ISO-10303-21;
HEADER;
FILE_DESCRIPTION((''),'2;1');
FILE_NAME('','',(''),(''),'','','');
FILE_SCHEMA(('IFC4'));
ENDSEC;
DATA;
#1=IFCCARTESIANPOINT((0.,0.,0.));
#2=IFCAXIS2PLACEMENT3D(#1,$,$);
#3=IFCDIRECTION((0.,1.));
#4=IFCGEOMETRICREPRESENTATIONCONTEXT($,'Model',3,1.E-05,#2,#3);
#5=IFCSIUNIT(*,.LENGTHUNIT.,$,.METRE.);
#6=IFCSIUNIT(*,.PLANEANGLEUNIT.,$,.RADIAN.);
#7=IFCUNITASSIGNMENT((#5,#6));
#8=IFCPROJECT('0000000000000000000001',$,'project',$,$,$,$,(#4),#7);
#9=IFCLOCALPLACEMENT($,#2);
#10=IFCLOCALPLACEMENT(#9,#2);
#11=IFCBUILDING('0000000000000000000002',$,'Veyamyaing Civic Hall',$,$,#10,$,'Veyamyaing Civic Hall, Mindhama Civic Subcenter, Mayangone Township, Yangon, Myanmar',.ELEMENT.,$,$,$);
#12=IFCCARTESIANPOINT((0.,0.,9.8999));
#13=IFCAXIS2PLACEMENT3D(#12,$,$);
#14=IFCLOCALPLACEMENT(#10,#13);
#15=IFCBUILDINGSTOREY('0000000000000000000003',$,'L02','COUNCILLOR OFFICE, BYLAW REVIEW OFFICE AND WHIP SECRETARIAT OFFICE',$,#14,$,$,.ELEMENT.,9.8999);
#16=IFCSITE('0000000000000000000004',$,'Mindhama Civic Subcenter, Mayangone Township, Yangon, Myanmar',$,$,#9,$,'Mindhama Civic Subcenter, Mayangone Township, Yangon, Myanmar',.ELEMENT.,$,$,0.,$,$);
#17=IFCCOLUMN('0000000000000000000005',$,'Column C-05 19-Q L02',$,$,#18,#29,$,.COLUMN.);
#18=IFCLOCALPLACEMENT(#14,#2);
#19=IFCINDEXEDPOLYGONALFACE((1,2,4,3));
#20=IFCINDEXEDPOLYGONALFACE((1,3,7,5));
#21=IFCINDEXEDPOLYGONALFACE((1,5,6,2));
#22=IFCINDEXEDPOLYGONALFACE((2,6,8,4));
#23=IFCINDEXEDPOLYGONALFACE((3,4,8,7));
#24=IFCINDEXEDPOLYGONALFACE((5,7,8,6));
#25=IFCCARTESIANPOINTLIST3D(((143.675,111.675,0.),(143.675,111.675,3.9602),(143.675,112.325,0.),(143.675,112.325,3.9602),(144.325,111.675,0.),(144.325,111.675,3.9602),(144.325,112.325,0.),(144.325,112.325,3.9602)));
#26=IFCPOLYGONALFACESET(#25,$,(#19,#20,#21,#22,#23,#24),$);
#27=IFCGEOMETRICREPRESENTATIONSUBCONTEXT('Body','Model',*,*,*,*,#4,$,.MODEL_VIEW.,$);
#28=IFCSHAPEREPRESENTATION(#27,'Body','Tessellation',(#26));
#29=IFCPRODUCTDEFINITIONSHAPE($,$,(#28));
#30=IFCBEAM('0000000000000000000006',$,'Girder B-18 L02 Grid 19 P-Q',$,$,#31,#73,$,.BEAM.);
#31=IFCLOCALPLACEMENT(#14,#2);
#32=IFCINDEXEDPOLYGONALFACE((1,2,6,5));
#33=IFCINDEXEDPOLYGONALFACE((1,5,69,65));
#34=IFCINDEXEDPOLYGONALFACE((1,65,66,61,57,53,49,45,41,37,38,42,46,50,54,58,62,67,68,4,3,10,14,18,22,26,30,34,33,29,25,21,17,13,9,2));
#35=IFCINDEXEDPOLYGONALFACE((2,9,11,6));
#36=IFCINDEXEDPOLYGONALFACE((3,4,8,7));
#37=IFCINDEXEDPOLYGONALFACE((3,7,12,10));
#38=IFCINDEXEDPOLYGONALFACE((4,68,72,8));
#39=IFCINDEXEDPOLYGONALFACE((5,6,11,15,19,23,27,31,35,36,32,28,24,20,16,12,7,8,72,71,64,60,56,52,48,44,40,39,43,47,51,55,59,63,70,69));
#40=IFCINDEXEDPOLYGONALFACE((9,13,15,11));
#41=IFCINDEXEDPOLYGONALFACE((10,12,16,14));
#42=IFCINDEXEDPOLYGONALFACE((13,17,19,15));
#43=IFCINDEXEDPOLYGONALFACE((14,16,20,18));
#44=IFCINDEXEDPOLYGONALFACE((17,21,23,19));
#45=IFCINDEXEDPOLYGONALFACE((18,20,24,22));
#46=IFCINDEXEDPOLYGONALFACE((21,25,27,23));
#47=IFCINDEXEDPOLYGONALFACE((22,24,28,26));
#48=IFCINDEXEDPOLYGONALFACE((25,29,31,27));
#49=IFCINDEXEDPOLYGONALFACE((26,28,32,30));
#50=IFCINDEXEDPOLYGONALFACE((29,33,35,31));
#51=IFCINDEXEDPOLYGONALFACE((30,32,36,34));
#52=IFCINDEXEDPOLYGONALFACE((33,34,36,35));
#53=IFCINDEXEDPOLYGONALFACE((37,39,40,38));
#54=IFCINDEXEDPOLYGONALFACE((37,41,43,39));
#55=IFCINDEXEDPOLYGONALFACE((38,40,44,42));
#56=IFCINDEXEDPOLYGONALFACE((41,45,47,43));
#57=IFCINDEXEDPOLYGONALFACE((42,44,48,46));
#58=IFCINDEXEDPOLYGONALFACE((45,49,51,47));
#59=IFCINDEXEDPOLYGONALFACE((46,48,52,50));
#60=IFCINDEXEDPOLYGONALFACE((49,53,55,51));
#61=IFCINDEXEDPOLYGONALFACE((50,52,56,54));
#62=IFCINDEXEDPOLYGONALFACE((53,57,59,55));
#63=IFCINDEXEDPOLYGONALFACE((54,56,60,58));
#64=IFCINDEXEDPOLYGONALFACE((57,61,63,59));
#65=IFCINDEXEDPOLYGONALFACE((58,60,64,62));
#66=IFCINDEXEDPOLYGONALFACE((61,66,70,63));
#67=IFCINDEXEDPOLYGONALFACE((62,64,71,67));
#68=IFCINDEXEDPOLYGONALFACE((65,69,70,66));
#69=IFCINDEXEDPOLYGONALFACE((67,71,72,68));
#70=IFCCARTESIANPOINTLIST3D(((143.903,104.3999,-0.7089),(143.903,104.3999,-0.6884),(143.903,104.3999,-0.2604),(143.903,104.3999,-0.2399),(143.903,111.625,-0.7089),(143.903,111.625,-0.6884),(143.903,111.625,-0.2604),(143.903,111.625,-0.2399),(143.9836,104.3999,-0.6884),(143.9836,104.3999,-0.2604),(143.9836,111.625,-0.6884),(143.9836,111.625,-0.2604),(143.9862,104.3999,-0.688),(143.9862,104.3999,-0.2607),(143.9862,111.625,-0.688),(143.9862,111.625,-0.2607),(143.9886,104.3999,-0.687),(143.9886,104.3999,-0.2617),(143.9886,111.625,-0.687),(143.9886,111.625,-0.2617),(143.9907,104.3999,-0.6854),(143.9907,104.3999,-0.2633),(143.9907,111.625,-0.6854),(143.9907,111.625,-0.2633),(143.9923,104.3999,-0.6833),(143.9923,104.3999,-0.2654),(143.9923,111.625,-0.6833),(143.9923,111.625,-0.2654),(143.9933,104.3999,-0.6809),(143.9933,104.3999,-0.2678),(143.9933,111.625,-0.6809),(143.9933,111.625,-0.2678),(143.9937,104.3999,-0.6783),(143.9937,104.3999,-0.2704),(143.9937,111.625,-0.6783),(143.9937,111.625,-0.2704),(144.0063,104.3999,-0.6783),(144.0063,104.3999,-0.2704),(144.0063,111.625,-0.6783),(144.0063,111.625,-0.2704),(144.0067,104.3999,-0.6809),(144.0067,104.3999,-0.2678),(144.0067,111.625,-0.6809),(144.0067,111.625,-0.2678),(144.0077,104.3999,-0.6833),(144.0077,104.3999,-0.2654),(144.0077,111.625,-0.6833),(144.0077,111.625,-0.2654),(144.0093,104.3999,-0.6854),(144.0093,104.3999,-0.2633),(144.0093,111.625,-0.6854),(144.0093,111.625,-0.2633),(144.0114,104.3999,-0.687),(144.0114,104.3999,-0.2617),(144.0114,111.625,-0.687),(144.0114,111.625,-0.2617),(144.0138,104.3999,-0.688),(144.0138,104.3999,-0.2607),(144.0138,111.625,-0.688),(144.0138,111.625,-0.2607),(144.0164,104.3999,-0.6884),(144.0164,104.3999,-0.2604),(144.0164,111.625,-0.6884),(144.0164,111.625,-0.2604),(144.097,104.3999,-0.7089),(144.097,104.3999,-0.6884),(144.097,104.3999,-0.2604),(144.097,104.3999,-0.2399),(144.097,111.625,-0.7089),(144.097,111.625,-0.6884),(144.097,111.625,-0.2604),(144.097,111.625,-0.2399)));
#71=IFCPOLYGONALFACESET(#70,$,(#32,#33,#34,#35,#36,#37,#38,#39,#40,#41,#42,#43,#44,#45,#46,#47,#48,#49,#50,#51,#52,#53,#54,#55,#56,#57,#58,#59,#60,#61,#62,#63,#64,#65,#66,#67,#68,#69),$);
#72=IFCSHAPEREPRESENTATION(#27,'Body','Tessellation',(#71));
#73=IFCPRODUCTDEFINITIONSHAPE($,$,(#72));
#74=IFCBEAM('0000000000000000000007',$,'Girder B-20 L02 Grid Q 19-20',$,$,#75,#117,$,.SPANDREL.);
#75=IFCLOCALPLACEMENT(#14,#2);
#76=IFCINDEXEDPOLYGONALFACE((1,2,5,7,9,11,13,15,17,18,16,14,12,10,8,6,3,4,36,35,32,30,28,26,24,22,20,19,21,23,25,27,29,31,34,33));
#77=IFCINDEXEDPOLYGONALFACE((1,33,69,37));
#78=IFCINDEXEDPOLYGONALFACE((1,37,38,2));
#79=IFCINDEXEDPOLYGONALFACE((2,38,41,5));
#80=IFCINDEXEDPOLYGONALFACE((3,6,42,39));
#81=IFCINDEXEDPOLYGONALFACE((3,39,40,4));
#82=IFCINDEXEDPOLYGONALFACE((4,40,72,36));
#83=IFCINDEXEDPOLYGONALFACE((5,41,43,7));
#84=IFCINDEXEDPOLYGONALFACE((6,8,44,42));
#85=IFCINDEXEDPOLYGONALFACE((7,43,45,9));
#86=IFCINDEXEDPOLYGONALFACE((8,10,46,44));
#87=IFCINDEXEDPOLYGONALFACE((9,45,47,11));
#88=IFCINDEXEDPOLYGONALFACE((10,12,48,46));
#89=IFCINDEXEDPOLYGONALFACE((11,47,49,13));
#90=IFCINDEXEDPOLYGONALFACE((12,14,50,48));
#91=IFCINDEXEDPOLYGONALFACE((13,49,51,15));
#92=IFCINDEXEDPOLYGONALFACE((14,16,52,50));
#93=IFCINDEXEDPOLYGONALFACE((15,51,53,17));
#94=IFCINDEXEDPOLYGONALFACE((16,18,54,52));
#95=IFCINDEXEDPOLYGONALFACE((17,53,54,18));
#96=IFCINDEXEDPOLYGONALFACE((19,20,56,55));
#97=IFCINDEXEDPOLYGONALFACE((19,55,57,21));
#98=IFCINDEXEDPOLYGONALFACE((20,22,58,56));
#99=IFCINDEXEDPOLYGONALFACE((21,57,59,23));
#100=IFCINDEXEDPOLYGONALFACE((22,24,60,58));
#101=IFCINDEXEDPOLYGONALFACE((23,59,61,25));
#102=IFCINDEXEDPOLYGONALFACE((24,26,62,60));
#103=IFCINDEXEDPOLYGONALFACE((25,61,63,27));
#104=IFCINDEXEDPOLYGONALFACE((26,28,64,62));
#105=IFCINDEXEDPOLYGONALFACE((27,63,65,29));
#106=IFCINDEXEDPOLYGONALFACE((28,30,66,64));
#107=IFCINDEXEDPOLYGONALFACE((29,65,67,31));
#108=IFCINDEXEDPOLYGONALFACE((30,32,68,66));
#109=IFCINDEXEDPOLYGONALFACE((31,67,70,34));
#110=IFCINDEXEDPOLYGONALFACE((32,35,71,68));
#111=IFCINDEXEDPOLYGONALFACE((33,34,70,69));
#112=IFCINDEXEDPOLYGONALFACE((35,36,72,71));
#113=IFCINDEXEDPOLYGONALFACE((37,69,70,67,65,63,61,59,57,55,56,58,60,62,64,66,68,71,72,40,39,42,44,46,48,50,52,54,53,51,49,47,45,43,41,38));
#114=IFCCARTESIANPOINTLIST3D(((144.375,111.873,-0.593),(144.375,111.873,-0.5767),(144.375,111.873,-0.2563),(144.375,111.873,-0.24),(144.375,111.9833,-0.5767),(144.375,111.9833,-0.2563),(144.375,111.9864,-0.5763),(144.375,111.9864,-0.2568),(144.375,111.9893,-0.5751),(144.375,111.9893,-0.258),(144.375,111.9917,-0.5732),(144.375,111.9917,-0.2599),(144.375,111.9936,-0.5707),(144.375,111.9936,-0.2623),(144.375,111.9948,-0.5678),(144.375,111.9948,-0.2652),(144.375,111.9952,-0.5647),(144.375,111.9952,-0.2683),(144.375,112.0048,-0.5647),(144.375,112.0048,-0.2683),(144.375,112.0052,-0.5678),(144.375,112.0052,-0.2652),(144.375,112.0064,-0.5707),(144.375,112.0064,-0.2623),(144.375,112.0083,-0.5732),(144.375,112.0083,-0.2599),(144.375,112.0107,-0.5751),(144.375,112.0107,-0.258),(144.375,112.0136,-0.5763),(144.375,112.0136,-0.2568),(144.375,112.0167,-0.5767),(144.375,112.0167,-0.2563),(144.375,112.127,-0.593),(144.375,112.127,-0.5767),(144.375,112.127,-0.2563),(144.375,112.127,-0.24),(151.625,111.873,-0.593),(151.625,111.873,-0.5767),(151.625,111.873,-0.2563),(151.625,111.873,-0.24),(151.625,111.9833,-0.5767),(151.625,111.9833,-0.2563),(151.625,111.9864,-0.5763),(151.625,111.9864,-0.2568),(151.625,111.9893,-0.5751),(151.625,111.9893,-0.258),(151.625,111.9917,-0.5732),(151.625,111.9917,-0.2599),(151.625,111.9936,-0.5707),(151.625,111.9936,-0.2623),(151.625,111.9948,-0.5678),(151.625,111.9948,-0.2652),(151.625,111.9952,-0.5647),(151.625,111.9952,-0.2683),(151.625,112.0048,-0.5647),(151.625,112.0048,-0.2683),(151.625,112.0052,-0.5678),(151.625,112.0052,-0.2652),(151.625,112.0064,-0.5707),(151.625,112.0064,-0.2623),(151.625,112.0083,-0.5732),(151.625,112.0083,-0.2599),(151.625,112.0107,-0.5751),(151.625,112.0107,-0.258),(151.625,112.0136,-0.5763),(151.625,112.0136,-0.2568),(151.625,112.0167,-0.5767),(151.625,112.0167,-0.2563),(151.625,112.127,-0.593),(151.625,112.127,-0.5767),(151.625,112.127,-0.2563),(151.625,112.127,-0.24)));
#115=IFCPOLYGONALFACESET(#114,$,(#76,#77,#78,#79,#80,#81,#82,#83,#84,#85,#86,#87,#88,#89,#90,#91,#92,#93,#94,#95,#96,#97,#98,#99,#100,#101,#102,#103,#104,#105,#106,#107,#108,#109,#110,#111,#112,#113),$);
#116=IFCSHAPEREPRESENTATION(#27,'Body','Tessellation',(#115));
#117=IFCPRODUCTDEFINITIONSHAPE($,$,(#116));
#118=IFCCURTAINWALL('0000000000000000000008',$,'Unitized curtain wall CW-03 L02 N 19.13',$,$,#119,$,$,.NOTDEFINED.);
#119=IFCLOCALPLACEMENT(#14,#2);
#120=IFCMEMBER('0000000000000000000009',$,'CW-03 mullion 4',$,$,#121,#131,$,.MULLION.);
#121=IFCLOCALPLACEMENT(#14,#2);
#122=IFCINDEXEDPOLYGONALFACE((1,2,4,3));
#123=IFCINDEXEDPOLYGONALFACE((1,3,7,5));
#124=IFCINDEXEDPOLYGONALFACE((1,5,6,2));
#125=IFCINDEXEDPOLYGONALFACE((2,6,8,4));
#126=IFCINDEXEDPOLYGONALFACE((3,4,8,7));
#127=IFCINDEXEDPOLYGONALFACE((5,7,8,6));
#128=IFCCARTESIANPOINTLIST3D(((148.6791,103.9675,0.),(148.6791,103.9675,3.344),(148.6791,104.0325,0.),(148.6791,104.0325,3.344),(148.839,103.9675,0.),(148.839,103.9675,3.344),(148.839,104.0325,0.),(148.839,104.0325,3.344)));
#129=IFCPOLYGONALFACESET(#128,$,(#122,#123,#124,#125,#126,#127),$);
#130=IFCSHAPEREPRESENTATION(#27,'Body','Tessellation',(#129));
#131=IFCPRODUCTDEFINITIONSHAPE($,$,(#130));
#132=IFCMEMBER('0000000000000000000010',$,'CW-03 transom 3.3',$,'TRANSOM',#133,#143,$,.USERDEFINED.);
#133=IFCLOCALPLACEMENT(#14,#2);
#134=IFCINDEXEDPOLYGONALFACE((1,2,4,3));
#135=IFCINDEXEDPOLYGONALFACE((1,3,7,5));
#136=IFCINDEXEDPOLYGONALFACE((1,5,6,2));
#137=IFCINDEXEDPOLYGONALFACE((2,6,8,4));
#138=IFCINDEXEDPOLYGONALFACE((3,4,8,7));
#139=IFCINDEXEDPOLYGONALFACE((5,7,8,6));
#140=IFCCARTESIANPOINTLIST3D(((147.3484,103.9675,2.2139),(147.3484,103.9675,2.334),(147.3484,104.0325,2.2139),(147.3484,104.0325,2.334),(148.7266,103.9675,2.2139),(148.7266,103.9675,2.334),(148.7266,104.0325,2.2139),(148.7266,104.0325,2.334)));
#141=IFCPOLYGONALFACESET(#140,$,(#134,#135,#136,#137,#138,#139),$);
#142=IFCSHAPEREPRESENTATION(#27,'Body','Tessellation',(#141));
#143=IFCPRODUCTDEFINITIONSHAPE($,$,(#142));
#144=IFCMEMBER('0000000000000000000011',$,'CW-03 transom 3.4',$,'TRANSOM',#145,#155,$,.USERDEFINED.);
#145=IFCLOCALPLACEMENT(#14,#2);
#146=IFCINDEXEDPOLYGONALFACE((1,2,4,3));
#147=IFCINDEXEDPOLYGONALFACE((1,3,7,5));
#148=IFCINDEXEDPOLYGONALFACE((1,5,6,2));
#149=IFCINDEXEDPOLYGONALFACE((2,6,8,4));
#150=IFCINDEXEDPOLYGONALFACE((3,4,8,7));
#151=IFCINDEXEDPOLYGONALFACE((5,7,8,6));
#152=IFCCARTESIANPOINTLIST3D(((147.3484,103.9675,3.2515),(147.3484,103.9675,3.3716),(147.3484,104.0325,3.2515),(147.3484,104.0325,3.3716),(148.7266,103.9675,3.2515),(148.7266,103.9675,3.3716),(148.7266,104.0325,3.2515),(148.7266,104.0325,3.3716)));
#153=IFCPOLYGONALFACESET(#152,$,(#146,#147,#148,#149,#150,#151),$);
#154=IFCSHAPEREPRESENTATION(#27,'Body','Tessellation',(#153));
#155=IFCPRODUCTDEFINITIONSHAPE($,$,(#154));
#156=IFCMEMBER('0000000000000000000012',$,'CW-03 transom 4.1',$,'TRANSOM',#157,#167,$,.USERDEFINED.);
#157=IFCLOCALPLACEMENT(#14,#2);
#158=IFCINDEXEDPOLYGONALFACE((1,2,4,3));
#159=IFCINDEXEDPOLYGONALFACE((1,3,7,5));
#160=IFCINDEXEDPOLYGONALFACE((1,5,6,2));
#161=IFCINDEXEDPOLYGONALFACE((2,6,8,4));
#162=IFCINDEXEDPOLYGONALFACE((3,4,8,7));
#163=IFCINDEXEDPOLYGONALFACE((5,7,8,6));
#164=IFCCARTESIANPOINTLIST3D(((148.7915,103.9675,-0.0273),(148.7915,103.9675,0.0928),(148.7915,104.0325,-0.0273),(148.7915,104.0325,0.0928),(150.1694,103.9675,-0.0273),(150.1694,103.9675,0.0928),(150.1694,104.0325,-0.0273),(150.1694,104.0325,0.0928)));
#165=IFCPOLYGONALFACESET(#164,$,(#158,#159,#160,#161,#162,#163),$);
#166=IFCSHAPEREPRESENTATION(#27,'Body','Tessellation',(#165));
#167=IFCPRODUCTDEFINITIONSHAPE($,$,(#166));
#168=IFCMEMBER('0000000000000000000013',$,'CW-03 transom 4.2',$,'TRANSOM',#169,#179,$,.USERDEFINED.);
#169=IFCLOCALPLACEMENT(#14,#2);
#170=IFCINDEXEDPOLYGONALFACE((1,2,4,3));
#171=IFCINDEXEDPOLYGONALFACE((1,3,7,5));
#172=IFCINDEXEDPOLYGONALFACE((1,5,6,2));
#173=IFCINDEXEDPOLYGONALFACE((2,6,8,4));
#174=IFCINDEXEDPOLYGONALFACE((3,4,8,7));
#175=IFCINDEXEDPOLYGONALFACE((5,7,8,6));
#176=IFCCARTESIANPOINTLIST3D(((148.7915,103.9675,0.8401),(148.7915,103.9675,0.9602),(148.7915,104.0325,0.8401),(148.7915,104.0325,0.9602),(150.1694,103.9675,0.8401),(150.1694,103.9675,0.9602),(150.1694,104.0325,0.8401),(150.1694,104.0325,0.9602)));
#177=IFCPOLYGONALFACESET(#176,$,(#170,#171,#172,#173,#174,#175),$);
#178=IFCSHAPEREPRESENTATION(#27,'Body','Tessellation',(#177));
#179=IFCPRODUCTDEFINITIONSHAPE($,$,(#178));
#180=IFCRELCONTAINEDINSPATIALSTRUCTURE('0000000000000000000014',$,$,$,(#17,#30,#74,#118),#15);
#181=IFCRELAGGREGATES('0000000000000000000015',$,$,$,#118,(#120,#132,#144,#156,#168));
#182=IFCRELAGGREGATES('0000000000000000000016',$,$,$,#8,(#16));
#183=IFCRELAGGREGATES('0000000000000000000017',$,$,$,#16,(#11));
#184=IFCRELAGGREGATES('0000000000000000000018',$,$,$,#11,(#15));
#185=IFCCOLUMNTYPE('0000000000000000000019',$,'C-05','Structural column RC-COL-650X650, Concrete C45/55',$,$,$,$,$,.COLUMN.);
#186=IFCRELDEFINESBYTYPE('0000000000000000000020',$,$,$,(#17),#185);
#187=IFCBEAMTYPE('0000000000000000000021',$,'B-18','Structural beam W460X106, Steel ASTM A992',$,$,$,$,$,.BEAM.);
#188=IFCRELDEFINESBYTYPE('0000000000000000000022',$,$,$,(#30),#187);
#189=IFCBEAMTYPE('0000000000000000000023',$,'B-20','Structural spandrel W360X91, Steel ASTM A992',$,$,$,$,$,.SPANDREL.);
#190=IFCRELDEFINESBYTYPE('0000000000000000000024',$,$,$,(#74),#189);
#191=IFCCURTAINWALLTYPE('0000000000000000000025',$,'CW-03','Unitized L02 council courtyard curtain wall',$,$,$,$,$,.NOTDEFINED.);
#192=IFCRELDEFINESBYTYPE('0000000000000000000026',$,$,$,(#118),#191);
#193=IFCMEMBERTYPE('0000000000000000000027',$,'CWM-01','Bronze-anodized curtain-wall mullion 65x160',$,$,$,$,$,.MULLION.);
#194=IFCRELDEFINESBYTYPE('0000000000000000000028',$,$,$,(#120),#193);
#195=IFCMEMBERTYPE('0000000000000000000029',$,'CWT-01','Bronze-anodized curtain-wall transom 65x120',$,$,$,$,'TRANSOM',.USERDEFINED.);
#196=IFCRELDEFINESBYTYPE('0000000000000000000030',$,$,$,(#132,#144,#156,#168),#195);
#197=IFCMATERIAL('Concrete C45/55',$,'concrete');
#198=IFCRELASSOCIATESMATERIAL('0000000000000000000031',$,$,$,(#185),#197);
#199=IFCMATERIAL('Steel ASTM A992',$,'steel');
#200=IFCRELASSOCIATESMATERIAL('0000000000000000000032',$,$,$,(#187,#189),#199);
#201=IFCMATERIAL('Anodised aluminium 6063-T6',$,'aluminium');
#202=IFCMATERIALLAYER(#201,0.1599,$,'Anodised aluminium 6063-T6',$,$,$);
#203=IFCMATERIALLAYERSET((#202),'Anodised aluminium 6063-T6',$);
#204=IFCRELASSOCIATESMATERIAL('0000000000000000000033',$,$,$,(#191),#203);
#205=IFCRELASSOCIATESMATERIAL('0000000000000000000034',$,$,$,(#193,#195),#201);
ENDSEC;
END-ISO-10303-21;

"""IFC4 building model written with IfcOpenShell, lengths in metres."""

from ifc_helpers import new_model, si_unit, direction, frame, origin, origin_2d, place, context, subcontext, project, spatial, rectangle, i_section, extrude, material, layer, layer_set, material_profile, profile_set, type_object, element, aggregate, save


model = new_model("IFC4")

# Units and contexts
model_context = context("Model", 3, precision=1e-05, world=origin(), true_north=direction((0.0, 1.0)))
body_context = subcontext(model_context, "Body", "Model", "MODEL_VIEW")
ifc_project = project(units=[si_unit("LENGTHUNIT", "METRE"), si_unit("PLANEANGLEUNIT", "RADIAN")], contexts=[model_context])

# Site, building, storey
site_placement = place(None, origin())
site = spatial("IfcSite", under=ifc_project, at=site_placement, Name="Mindhama Civic Subcenter, Mayangone Township, Yangon, Myanmar", LongName="Mindhama Civic Subcenter, Mayangone Township, Yangon, Myanmar", CompositionType="ELEMENT", RefElevation=0.0)
building_placement = place(site_placement, origin())
building = spatial("IfcBuilding", under=site, at=building_placement, Name="Veyamyaing Civic Hall", LongName="Veyamyaing Civic Hall, Mindhama Civic Subcenter, Mayangone Township, Yangon, Myanmar", CompositionType="ELEMENT")
storey_placement = place(building_placement, frame((0.0, 0.0, 9.8999)))
storey = spatial("IfcBuildingStorey", under=building, at=storey_placement, Name="L02", Description="COUNCILLOR OFFICE, BYLAW REVIEW OFFICE AND WHIP SECRETARIAT OFFICE", CompositionType="ELEMENT", Elevation=9.8999)

# Column
ifc_material_1 = material(Name="Concrete C45/55", Category="concrete")
ifc_material_profile_1 = material_profile(ifc_material_1, rectangle(XDim=0.6499, YDim=0.6499, at=origin_2d()), Name="RC-COL-650X650")
ifc_profile_set_1 = profile_set([ifc_material_profile_1], Name="Concrete C45/55")
column_type = type_object("IfcColumnType", Name="C-05", Description="Structural column RC-COL-650X650, Concrete C45/55", PredefinedType="COLUMN", material=ifc_profile_set_1)
column_placement = place(storey_placement, frame((144.0, 112.0, 0.0), z_axis=(0.0, 0.0, 1.0), x_axis=(1.0, 0.0, 0.0)))
element("IfcColumn", 1, at=column_placement, inside=storey, type_object=column_type, Name="Column C-05 19-Q L02", PredefinedType="COLUMN", context=body_context, shape_type="SweptSolid", body=[
    extrude(rectangle(XDim=0.6499, YDim=0.6499, at=origin_2d()), origin(), (0.0, 0.0, 1.0), 3.9602),
])

# Beams
ifc_material_2 = material(Name="Steel ASTM A992", Category="steel")
ifc_material_profile_2 = material_profile(ifc_material_2, i_section(OverallWidth=0.1941, OverallDepth=0.469, WebThickness=0.0127, FlangeThickness=0.0205, FilletRadius=0.01, at=origin_2d()), Name="W460X106")
ifc_profile_set_2 = profile_set([ifc_material_profile_2], Name="Steel ASTM A992")
beam_type_1 = type_object("IfcBeamType", Name="B-18", Description="Structural beam W460X106, Steel ASTM A992", PredefinedType="BEAM", material=ifc_profile_set_2)
beam_1_placement = place(storey_placement, frame((144.0, 104.3999, -0.4744), z_axis=(0.0, 1.0, 0.0), x_axis=(-1.0, 0.0, 0.0)))
element("IfcBeam", 2, at=beam_1_placement, inside=storey, type_object=beam_type_1, Name="Girder B-18 L02 Grid 19 P-Q", PredefinedType="BEAM", context=body_context, shape_type="SweptSolid", body=[
    extrude(i_section(OverallWidth=0.1941, OverallDepth=0.469, WebThickness=0.0127, FlangeThickness=0.0205, FilletRadius=0.01, at=origin_2d()), origin(), (0.0, 0.0, 1.0), 7.2251),
])
ifc_material_profile_3 = material_profile(ifc_material_2, i_section(OverallWidth=0.2539, OverallDepth=0.353, WebThickness=0.0095, FlangeThickness=0.0164, FilletRadius=0.012, at=origin_2d()), Name="W360X91")
ifc_profile_set_3 = profile_set([ifc_material_profile_3], Name="Steel ASTM A992")
beam_type_2 = type_object("IfcBeamType", Name="B-20", Description="Structural spandrel W360X91, Steel ASTM A992", PredefinedType="SPANDREL", material=ifc_profile_set_3)
beam_2_placement = place(storey_placement, frame((144.375, 112.0, -0.4165), z_axis=(1.0, 0.0, 0.0), x_axis=(0.0, 1.0, 0.0)))
element("IfcBeam", 3, at=beam_2_placement, inside=storey, type_object=beam_type_2, Name="Girder B-20 L02 Grid Q 19-20", PredefinedType="SPANDREL", context=body_context, shape_type="SweptSolid", body=[
    extrude(i_section(OverallWidth=0.2539, OverallDepth=0.353, WebThickness=0.0095, FlangeThickness=0.0164, FilletRadius=0.012, at=origin_2d()), origin(), (0.0, 0.0, 1.0), 7.25),
])

# Curtain wall, members
ifc_material_3 = material(Name="Anodised aluminium 6063-T6", Category="aluminium")
ifc_layer_1 = layer(ifc_material_3, 0.1599, Name="Anodised aluminium 6063-T6")
ifc_layer_set_1 = layer_set([ifc_layer_1], Name="Anodised aluminium 6063-T6")
curtain_wall_type = type_object("IfcCurtainWallType", Name="CW-03", Description="Unitized L02 council courtyard curtain wall", PredefinedType="NOTDEFINED", material=ifc_layer_set_1)
curtain_wall_placement = place(storey_placement, origin())
curtain_wall = element("IfcCurtainWall", 4, at=curtain_wall_placement, inside=storey, type_object=curtain_wall_type, Name="Unitized curtain wall CW-03 L02 N 19.13", PredefinedType="NOTDEFINED")
ifc_material_profile_4 = material_profile(ifc_material_3, rectangle(XDim=0.0649, YDim=0.1599, at=origin_2d()), Name="ALU-MUL-65X160")
ifc_profile_set_4 = profile_set([ifc_material_profile_4], Name="Anodised aluminium 6063-T6")
member_type_1 = type_object("IfcMemberType", Name="CWM-01", Description="Bronze-anodized curtain-wall mullion 65x160", PredefinedType="MULLION", material=ifc_profile_set_4)
member_1_placement = place(storey_placement, frame((148.759, 104.0, 0.0), z_axis=(0.0, 0.0, 1.0), x_axis=(0.0, 1.0, 0.0)))
member_1 = element("IfcMember", 5, at=member_1_placement, type_object=member_type_1, Name="CW-03 mullion 4", PredefinedType="MULLION", context=body_context, shape_type="SweptSolid", body=[
    extrude(rectangle(XDim=0.0649, YDim=0.1599, at=origin_2d()), origin(), (0.0, 0.0, 1.0), 3.344),
])
ifc_material_profile_5 = material_profile(ifc_material_3, rectangle(XDim=0.0649, YDim=0.1201, at=origin_2d()), Name="ALU-TRN-65X120")
ifc_profile_set_5 = profile_set([ifc_material_profile_5], Name="Anodised aluminium 6063-T6")
member_type_2 = type_object("IfcMemberType", Name="CWT-01", Description="Bronze-anodized curtain-wall transom 65x120", ElementType="TRANSOM", PredefinedType="USERDEFINED", material=ifc_profile_set_5)
member_2_placement = place(storey_placement, frame((147.3484, 104.0, 2.2739), z_axis=(1.0, 0.0, 0.0), x_axis=(0.0, 1.0, 0.0)))
member_2 = element("IfcMember", 6, at=member_2_placement, type_object=member_type_2, Name="CW-03 transom 3.3", ObjectType="TRANSOM", PredefinedType="USERDEFINED", context=body_context, shape_type="SweptSolid", body=[
    extrude(rectangle(XDim=0.0649, YDim=0.1201, at=origin_2d()), origin(), (0.0, 0.0, 1.0), 1.3782),
])
member_3_placement = place(storey_placement, frame((147.3484, 104.0, 3.3115), z_axis=(1.0, 0.0, 0.0), x_axis=(0.0, 1.0, 0.0)))
member_3 = element("IfcMember", 7, at=member_3_placement, type_object=member_type_2, Name="CW-03 transom 3.4", ObjectType="TRANSOM", PredefinedType="USERDEFINED", context=body_context, shape_type="SweptSolid", body=[
    extrude(rectangle(XDim=0.0649, YDim=0.1201, at=origin_2d()), origin(), (0.0, 0.0, 1.0), 1.3782),
])
member_4_placement = place(storey_placement, frame((148.7915, 104.0, 0.0327), z_axis=(1.0, 0.0, 0.0), x_axis=(0.0, 1.0, 0.0)))
member_4 = element("IfcMember", 8, at=member_4_placement, type_object=member_type_2, Name="CW-03 transom 4.1", ObjectType="TRANSOM", PredefinedType="USERDEFINED", context=body_context, shape_type="SweptSolid", body=[
    extrude(rectangle(XDim=0.0649, YDim=0.1201, at=origin_2d()), origin(), (0.0, 0.0, 1.0), 1.3779),
])
member_5_placement = place(storey_placement, frame((148.7915, 104.0, 0.9001), z_axis=(1.0, 0.0, 0.0), x_axis=(0.0, 1.0, 0.0)))
member_5 = element("IfcMember", 9, at=member_5_placement, type_object=member_type_2, Name="CW-03 transom 4.2", ObjectType="TRANSOM", PredefinedType="USERDEFINED", context=body_context, shape_type="SweptSolid", body=[
    extrude(rectangle(XDim=0.0649, YDim=0.1201, at=origin_2d()), origin(), (0.0, 0.0, 1.0), 1.3779),
])

aggregate(curtain_wall, [member_1, member_2, member_3, member_4, member_5])

save(model, "model.ifc")
